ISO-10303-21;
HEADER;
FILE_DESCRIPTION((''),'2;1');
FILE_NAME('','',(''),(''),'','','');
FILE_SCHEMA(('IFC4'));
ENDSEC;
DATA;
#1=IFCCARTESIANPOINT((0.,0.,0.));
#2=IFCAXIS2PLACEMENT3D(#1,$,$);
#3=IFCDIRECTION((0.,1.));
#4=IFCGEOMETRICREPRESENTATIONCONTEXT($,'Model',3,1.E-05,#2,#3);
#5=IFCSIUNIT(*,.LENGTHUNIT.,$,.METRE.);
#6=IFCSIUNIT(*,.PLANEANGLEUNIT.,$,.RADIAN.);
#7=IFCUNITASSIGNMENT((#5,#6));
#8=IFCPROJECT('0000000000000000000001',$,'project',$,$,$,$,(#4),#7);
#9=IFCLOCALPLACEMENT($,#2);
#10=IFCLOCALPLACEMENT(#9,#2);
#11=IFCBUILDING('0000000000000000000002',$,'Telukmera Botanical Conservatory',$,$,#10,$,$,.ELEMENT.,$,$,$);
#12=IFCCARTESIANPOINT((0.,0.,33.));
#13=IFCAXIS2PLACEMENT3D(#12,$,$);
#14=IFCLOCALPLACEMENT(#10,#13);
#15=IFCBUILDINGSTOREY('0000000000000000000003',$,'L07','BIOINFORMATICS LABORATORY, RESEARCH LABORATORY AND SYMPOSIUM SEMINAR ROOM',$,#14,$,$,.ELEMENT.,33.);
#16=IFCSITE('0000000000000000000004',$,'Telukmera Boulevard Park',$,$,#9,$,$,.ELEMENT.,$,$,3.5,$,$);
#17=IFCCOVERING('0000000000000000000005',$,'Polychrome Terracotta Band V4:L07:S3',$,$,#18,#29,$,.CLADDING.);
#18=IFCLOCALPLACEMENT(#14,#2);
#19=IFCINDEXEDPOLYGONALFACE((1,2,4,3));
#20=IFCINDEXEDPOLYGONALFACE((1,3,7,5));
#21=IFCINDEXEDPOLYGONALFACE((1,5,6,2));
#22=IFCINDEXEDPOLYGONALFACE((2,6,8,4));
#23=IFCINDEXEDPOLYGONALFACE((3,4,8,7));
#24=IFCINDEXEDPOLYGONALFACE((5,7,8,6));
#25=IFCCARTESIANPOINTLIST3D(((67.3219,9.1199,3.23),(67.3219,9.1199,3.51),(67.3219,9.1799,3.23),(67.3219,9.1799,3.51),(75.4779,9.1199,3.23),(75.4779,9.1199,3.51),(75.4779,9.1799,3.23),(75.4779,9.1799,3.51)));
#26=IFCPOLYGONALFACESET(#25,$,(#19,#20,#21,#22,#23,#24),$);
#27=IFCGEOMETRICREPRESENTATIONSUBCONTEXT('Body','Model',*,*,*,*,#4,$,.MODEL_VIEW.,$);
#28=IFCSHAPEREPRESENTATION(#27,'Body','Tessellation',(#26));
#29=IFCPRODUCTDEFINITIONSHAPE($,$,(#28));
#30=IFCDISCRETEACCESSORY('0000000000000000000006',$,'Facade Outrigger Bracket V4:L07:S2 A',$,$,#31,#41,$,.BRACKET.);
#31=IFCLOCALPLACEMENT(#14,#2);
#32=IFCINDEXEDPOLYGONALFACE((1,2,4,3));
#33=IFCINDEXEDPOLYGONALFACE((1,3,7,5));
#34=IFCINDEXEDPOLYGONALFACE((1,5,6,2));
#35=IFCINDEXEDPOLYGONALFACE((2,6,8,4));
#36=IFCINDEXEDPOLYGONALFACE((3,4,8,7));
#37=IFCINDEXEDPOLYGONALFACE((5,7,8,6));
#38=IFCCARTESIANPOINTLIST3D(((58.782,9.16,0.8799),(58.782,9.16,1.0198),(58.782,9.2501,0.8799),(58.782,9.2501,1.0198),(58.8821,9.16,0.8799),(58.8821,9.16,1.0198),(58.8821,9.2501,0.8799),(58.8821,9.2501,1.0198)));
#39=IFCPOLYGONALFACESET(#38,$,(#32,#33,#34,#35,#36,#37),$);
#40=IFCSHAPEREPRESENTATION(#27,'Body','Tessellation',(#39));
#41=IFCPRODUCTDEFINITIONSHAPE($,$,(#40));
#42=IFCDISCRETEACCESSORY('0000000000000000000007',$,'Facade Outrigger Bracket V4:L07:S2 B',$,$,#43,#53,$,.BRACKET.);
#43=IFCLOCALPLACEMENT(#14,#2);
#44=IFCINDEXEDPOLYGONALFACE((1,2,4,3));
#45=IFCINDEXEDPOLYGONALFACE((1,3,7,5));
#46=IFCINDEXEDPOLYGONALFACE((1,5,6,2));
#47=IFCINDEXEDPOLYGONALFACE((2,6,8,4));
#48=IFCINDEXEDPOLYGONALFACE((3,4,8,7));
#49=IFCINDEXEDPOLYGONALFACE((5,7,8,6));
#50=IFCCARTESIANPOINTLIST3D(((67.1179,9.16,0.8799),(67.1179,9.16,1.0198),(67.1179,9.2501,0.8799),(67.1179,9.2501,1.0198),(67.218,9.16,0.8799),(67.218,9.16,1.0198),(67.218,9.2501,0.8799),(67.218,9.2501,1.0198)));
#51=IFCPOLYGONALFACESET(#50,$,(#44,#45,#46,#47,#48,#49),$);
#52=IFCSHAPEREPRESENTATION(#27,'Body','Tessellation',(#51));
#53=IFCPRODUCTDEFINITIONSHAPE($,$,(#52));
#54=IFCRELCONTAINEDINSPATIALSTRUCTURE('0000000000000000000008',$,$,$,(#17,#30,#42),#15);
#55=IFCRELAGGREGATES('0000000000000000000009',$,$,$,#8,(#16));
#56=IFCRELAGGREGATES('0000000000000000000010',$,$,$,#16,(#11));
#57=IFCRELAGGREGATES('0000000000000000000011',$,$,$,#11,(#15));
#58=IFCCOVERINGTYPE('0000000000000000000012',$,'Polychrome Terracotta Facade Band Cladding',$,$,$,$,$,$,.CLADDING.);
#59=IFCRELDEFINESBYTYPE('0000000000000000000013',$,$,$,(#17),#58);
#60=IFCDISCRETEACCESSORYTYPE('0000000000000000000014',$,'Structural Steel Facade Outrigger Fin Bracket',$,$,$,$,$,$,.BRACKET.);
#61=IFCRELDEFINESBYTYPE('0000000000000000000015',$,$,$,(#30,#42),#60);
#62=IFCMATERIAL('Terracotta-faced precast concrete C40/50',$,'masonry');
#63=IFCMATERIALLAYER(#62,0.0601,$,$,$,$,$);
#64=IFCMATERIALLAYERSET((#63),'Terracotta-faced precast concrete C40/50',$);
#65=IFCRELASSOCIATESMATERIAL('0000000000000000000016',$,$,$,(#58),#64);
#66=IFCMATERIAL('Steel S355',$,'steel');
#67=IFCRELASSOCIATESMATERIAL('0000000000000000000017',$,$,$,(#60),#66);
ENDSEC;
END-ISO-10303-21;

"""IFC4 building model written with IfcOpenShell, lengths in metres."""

from ifc_helpers import new_model, si_unit, direction, frame, origin, origin_2d, place, context, subcontext, project, spatial, rectangle, extrude, material, layer, layer_set, type_object, element, save


model = new_model("IFC4")

# Units and contexts
model_context = context("Model", 3, precision=1e-05, world=origin(), true_north=direction((0.0, 1.0)))
body_context = subcontext(model_context, "Body", "Model", "MODEL_VIEW")
ifc_project = project(units=[si_unit("LENGTHUNIT", "METRE"), si_unit("PLANEANGLEUNIT", "RADIAN")], contexts=[model_context])

# Site, building, storey
site_placement = place(None, origin())
site = spatial("IfcSite", under=ifc_project, at=site_placement, Name="Telukmera Boulevard Park", CompositionType="ELEMENT", RefElevation=3.5)
building_placement = place(site_placement, origin())
building = spatial("IfcBuilding", under=site, at=building_placement, Name="Telukmera Botanical Conservatory", CompositionType="ELEMENT")
storey_placement = place(building_placement, frame((0.0, 0.0, 33.0)))
storey = spatial("IfcBuildingStorey", under=building, at=storey_placement, Name="L07", Description="BIOINFORMATICS LABORATORY, RESEARCH LABORATORY AND SYMPOSIUM SEMINAR ROOM", CompositionType="ELEMENT", Elevation=33.0)

# Covering
ifc_material_1 = material(Name="Terracotta-faced precast concrete C40/50", Category="masonry")
ifc_layer_1 = layer(ifc_material_1, 0.0601)
ifc_layer_set_1 = layer_set([ifc_layer_1], Name="Terracotta-faced precast concrete C40/50")
covering_type_1 = type_object("IfcCoveringType", Name="Polychrome Terracotta Facade Band Cladding", PredefinedType="CLADDING", material=ifc_layer_set_1)
covering_placement = place(storey_placement, frame((71.3999, 9.1499, 3.23), z_axis=(0.0, 0.0, 1.0), x_axis=(1.0, 0.0, 0.0)))
element("IfcCovering", 1, at=covering_placement, inside=storey, type_object=covering_type_1, Name="Polychrome Terracotta Band V4:L07:S3", PredefinedType="CLADDING", context=body_context, shape_type="SweptSolid", body=[
    extrude(rectangle(XDim=8.156, YDim=0.0601, at=origin_2d()), origin(), (0.0, 0.0, 1.0), 0.28),
])

# Discrete accessories
ifc_material_2 = material(Name="Steel S355", Category="steel")
discrete_accessory_type = type_object("IfcDiscreteAccessoryType", Name="Structural Steel Facade Outrigger Fin Bracket", PredefinedType="BRACKET", material=ifc_material_2)
for number, where, z_axis, x_axis, name in (
    (2, (58.832, 9.2051, 0.8799), (0.0, 0.0, 1.0), (1.0, 0.0, 0.0), "Facade Outrigger Bracket V4:L07:S2 A"),
    (3, (67.168, 9.2051, 0.8799), (0.0, 0.0, 1.0), (1.0, 0.0, 0.0), "Facade Outrigger Bracket V4:L07:S2 B"),
):
    element("IfcDiscreteAccessory", number, at=place(storey_placement, frame(where, z_axis=z_axis, x_axis=x_axis)), inside=storey, type_object=discrete_accessory_type, Name=name, PredefinedType="BRACKET", context=body_context, shape_type="SweptSolid", body=[
        extrude(rectangle(XDim=0.1001, YDim=0.0901, at=origin_2d()), origin(), (0.0, 0.0, 1.0), 0.1399),
    ])

save(model, "model.ifc")
